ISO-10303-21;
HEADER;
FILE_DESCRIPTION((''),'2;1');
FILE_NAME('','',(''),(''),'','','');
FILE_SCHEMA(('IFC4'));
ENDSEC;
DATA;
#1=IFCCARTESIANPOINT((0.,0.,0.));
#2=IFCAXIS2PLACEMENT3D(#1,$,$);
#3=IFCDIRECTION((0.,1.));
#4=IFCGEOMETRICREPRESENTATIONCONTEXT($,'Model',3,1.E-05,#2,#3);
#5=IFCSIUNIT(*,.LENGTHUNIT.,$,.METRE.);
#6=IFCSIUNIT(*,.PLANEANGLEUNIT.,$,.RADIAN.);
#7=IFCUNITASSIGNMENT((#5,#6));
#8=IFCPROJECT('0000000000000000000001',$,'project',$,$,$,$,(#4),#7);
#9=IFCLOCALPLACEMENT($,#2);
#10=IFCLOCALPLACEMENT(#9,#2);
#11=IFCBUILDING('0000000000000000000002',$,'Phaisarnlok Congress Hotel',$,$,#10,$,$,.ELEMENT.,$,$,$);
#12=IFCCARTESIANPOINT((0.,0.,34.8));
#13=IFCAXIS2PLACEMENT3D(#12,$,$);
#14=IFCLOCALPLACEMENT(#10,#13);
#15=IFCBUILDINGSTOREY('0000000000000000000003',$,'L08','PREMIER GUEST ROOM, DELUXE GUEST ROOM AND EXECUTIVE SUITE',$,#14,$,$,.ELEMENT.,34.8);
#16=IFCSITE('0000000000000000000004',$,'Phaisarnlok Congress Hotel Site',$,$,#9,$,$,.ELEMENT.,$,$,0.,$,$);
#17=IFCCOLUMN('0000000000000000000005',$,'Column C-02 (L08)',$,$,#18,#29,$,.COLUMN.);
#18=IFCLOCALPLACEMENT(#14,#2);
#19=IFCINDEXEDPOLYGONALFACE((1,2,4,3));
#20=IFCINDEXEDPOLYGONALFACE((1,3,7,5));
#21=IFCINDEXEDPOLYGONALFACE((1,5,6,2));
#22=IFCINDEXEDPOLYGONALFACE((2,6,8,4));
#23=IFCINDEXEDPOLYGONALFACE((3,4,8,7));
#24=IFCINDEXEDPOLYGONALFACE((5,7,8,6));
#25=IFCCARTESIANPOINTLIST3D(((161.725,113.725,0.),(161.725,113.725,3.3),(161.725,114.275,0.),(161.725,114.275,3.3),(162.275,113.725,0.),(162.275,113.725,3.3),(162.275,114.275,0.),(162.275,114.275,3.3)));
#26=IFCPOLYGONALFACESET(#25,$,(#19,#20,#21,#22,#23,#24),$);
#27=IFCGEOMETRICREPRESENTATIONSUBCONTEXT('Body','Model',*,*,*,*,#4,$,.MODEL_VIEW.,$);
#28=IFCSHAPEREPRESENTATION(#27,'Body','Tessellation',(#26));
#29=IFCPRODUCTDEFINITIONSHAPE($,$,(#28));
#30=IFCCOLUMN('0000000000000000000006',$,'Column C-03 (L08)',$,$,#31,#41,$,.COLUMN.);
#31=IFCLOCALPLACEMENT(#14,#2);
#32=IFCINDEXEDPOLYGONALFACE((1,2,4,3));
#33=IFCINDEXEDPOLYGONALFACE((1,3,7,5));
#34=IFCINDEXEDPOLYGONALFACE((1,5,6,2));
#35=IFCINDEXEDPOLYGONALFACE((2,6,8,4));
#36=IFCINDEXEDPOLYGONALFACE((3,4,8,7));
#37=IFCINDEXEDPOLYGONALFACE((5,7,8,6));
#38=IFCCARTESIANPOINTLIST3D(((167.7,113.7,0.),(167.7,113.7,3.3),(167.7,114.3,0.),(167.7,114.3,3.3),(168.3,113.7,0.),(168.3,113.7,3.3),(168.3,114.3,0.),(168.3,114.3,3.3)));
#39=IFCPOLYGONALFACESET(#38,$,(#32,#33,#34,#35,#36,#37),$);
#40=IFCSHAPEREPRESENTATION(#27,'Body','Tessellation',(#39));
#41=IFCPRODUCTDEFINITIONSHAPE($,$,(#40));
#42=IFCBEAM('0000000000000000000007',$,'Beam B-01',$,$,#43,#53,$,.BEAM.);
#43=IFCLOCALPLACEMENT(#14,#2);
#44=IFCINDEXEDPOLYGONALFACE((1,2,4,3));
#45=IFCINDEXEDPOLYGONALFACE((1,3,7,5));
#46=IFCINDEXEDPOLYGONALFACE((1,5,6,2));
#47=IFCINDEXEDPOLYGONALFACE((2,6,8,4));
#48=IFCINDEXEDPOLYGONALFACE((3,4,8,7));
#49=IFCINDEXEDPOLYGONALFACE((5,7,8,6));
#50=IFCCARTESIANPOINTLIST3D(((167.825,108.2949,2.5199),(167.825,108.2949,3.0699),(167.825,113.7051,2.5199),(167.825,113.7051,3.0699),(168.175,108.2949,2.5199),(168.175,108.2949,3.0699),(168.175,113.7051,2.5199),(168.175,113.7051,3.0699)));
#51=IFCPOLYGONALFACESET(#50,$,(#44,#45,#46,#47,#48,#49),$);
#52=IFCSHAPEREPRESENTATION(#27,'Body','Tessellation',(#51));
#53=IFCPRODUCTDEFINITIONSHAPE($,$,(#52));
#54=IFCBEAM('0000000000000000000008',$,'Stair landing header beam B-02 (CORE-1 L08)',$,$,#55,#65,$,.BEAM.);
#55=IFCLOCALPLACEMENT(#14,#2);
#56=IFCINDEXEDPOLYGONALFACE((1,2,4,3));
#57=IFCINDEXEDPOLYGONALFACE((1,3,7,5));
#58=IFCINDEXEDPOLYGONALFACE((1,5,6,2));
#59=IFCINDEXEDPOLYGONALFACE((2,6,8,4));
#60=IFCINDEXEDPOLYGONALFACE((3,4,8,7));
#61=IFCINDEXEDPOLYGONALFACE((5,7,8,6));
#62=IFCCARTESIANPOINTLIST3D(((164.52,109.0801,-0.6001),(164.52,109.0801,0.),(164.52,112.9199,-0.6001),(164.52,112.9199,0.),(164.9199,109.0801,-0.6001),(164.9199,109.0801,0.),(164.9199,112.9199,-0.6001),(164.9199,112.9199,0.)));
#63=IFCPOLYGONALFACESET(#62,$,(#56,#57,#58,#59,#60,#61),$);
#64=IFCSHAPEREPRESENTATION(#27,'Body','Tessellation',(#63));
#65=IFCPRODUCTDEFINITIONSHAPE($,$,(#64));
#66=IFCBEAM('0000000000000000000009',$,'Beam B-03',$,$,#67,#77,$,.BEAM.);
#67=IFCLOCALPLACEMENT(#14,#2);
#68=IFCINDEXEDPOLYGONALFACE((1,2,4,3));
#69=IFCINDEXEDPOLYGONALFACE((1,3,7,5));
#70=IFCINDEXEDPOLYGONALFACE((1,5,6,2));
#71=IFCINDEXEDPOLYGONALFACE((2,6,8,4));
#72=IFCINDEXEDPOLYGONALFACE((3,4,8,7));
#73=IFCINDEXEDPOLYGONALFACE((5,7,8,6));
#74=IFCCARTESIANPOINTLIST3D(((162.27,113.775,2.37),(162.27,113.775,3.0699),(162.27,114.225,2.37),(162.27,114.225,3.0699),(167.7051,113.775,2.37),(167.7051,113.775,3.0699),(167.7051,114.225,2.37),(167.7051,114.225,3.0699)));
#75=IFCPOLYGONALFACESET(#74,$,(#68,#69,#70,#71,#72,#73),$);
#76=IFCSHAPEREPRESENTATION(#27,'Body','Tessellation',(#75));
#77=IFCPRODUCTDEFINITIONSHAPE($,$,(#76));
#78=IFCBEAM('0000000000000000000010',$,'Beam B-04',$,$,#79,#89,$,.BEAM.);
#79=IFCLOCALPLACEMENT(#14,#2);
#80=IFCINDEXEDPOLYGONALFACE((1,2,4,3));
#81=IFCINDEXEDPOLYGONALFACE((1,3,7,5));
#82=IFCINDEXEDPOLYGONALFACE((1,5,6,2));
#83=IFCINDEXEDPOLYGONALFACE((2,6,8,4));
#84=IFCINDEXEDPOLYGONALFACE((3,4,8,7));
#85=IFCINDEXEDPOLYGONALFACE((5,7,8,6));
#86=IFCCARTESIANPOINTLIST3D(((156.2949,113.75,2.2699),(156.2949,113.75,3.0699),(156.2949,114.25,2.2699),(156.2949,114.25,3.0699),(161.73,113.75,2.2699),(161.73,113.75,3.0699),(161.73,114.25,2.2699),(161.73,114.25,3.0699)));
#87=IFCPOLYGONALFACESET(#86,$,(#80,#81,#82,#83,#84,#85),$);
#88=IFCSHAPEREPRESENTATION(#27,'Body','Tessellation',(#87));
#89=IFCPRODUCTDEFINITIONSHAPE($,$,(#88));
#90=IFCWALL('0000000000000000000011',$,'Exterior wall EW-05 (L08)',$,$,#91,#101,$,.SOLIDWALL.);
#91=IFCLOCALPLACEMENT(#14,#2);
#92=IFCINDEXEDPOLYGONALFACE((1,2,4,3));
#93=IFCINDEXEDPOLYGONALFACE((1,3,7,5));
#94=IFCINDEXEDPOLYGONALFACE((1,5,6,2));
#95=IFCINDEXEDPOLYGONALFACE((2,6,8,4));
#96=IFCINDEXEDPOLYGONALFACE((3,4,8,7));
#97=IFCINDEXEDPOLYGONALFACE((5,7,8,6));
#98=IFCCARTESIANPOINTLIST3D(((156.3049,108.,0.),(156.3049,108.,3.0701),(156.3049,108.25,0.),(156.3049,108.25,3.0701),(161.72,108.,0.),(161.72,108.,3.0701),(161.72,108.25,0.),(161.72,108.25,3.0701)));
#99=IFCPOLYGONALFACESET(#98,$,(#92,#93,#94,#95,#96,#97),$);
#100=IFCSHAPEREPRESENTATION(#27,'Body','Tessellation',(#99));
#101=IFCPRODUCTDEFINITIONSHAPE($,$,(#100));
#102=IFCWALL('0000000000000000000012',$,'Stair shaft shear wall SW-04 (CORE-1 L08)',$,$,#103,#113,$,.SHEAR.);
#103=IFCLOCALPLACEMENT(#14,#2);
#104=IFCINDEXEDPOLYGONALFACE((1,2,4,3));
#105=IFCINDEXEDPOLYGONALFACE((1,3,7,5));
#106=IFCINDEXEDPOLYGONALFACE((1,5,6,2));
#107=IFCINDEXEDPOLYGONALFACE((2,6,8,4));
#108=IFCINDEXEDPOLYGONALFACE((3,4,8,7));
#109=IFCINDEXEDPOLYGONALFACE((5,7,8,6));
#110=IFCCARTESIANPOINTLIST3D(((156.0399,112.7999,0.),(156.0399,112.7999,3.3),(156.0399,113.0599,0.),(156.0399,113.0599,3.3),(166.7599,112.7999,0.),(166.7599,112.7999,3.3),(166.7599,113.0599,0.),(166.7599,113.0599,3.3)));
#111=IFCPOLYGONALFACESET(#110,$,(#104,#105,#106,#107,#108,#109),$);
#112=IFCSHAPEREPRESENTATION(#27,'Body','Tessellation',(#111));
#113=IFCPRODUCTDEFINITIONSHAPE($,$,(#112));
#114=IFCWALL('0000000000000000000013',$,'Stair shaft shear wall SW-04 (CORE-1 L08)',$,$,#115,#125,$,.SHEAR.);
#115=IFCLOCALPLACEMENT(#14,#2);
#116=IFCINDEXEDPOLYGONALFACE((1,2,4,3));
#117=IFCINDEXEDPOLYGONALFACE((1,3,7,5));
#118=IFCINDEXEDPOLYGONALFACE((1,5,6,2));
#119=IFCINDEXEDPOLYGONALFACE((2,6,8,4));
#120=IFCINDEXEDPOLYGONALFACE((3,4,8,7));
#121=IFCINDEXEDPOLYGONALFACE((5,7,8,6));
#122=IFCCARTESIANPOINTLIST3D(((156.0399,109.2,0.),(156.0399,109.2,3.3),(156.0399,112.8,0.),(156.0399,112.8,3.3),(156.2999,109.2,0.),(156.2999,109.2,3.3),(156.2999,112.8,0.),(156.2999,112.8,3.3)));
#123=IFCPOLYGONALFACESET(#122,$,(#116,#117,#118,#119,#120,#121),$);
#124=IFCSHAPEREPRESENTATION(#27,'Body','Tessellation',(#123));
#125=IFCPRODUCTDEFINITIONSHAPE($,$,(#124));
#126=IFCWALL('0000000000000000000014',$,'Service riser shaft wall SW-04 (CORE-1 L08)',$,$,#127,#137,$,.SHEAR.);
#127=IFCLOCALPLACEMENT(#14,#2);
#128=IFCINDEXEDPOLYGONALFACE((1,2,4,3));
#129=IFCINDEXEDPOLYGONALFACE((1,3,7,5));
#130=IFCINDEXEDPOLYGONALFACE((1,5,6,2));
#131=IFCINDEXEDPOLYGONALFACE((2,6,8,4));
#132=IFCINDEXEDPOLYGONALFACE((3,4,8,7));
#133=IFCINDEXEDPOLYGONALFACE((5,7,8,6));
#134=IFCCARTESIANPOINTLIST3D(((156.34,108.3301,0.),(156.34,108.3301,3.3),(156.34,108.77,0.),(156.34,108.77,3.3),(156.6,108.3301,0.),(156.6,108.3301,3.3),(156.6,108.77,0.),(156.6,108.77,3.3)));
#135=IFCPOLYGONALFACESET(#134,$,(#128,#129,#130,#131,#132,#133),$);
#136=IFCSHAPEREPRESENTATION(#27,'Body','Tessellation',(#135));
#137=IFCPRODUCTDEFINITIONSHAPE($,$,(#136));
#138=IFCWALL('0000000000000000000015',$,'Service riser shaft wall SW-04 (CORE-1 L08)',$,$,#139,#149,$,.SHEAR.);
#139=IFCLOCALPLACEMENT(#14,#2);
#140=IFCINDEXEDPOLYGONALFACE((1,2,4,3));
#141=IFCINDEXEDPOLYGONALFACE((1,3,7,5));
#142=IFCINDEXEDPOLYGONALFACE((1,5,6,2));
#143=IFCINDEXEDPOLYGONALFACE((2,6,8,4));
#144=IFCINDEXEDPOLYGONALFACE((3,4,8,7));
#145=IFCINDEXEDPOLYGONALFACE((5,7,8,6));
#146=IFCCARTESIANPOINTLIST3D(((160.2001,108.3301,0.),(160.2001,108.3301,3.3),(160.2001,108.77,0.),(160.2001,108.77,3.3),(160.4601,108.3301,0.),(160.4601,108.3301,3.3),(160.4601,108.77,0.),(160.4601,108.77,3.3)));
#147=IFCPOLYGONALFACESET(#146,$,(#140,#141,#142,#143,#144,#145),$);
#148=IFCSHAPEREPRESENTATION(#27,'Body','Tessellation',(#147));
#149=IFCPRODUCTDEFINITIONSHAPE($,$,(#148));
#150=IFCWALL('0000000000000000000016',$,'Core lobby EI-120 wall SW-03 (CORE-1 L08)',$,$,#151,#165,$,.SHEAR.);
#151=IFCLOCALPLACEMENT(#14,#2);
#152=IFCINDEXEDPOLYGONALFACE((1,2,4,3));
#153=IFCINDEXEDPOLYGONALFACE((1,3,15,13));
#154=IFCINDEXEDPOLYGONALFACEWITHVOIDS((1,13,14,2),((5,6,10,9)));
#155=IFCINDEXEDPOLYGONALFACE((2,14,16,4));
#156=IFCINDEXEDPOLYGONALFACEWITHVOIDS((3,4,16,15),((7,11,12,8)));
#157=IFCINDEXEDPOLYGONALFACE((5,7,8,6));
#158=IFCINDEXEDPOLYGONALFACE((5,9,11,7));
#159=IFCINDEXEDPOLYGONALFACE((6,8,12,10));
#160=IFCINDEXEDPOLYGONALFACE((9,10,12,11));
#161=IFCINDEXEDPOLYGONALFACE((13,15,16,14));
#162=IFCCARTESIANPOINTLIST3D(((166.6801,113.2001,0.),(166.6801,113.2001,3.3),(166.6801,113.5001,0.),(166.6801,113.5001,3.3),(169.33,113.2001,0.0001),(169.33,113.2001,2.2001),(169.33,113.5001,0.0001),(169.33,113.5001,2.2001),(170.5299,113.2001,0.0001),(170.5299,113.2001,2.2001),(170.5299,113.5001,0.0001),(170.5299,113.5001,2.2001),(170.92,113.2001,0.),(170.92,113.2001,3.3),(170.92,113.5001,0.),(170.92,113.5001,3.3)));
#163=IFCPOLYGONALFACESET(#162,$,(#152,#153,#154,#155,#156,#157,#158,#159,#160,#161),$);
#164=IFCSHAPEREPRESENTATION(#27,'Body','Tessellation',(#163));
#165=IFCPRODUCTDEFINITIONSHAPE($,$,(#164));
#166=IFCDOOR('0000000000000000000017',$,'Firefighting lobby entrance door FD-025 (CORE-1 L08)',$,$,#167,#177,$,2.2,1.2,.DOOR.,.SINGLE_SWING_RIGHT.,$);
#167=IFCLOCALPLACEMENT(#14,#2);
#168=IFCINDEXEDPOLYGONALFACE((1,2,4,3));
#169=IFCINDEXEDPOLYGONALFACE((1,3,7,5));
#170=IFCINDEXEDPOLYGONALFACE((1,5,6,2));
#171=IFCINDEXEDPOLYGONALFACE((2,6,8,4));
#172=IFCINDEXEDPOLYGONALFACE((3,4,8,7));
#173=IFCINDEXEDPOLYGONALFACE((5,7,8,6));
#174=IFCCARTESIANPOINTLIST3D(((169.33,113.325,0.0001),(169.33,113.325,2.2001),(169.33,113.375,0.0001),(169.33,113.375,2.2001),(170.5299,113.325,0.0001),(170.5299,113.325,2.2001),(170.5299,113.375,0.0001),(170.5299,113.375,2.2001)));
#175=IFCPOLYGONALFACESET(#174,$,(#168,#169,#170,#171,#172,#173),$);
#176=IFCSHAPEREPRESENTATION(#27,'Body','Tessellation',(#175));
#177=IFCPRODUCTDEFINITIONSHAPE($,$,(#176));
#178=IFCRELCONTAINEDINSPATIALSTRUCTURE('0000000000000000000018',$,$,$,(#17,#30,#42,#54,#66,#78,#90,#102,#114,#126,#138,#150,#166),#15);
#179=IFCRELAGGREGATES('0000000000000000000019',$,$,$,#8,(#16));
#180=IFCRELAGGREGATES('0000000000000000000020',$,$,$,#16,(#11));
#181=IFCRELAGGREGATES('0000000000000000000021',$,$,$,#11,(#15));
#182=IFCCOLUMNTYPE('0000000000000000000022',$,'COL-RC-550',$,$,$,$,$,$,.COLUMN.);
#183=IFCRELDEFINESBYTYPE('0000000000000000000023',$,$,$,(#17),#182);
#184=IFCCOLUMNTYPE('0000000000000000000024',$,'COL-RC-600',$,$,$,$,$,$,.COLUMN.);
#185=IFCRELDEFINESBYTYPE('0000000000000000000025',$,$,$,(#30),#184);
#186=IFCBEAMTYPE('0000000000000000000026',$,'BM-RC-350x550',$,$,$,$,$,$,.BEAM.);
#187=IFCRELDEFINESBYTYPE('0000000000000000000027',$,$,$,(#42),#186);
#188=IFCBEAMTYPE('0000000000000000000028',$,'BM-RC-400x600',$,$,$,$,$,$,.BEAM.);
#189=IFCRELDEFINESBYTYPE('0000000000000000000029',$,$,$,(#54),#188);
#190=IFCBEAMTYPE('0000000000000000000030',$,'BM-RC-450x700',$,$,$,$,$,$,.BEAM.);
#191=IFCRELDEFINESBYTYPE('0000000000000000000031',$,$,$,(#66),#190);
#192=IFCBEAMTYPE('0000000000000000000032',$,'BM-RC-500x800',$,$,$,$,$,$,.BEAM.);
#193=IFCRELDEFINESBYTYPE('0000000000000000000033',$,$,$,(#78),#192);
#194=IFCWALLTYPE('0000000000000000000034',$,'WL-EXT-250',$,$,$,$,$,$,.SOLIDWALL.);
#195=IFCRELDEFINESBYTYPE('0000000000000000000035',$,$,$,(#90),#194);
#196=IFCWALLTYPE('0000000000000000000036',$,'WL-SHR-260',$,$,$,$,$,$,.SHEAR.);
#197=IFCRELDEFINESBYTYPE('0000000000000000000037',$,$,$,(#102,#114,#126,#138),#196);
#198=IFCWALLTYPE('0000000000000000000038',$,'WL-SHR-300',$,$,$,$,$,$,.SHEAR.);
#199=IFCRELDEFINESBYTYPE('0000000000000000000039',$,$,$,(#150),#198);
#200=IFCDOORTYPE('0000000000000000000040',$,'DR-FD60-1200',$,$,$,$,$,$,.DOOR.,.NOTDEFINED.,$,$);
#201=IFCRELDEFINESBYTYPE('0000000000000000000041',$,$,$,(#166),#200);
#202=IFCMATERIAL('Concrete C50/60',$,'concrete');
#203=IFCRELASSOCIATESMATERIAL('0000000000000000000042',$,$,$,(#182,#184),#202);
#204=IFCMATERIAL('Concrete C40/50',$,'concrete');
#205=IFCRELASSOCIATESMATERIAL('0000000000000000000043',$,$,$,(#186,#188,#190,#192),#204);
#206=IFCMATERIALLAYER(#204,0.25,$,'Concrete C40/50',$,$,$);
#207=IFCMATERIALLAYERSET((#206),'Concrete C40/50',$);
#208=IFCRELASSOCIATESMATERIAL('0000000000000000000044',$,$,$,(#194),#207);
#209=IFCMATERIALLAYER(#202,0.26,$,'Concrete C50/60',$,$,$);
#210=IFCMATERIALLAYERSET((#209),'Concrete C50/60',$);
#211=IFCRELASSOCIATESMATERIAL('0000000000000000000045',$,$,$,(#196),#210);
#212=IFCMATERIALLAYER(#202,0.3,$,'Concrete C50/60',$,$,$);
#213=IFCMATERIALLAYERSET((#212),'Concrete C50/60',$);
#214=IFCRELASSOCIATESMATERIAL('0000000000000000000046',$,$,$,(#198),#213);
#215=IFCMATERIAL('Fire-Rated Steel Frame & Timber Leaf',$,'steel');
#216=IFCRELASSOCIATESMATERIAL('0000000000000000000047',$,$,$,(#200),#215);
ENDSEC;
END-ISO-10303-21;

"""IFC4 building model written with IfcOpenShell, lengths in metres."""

from ifc_helpers import new_model, si_unit, direction, frame, frame_2d, origin, origin_2d, place, context, subcontext, project, spatial, rectangle, extrude, material, layer, layer_set, material_profile, profile_set, type_object, element, fill, save


model = new_model("IFC4")

# Units and contexts
model_context = context("Model", 3, precision=1e-05, world=origin(), true_north=direction((0.0, 1.0)))
body_context = subcontext(model_context, "Body", "Model", "MODEL_VIEW")
ifc_project = project(units=[si_unit("LENGTHUNIT", "METRE"), si_unit("PLANEANGLEUNIT", "RADIAN")], contexts=[model_context])

# Site, building, storey
site_placement = place(None, origin())
site = spatial("IfcSite", under=ifc_project, at=site_placement, Name="Phaisarnlok Congress Hotel Site", CompositionType="ELEMENT", RefElevation=0.0)
building_placement = place(site_placement, origin())
building = spatial("IfcBuilding", under=site, at=building_placement, Name="Phaisarnlok Congress Hotel", CompositionType="ELEMENT")
storey_placement = place(building_placement, frame((0.0, 0.0, 34.8)))
storey = spatial("IfcBuildingStorey", under=building, at=storey_placement, Name="L08", Description="PREMIER GUEST ROOM, DELUXE GUEST ROOM AND EXECUTIVE SUITE", CompositionType="ELEMENT", Elevation=34.8)

# Columns
ifc_material_1 = material(Name="Concrete C50/60", Category="concrete")
ifc_material_profile_1 = material_profile(ifc_material_1, rectangle(XDim=0.55, YDim=0.55, at=origin_2d()), Name="RC 550x550")
ifc_profile_set_1 = profile_set([ifc_material_profile_1], Name="Concrete C50/60")
column_type_1 = type_object("IfcColumnType", Name="COL-RC-550", PredefinedType="COLUMN", material=ifc_profile_set_1)
column_1_placement = place(storey_placement, frame((162.0, 114.0, 0.0), z_axis=(0.0, 0.0, 1.0), x_axis=(1.0, 0.0, 0.0)))
element("IfcColumn", 1, at=column_1_placement, inside=storey, type_object=column_type_1, Name="Column C-02 (L08)", PredefinedType="COLUMN", context=body_context, shape_type="SweptSolid", body=[
    extrude(rectangle(XDim=0.55, YDim=0.55, at=origin_2d()), origin(), (0.0, 0.0, 1.0), 3.3),
])
ifc_material_profile_2 = material_profile(ifc_material_1, rectangle(XDim=0.6001, YDim=0.6001, at=origin_2d()), Name="RC 600x600")
ifc_profile_set_2 = profile_set([ifc_material_profile_2], Name="Concrete C50/60")
column_type_2 = type_object("IfcColumnType", Name="COL-RC-600", PredefinedType="COLUMN", material=ifc_profile_set_2)
column_2_placement = place(storey_placement, frame((168.0, 114.0, 0.0), z_axis=(0.0, 0.0, 1.0), x_axis=(1.0, 0.0, 0.0)))
element("IfcColumn", 2, at=column_2_placement, inside=storey, type_object=column_type_2, Name="Column C-03 (L08)", PredefinedType="COLUMN", context=body_context, shape_type="SweptSolid", body=[
    extrude(rectangle(XDim=0.6001, YDim=0.6001, at=origin_2d()), origin(), (0.0, 0.0, 1.0), 3.3),
])

# Beams
ifc_material_2 = material(Name="Concrete C40/50", Category="concrete")
ifc_material_profile_3 = material_profile(ifc_material_2, rectangle(XDim=0.3501, YDim=0.55, at=origin_2d()), Name="RC 350x550")
ifc_profile_set_3 = profile_set([ifc_material_profile_3], Name="Concrete C40/50")
beam_type_1 = type_object("IfcBeamType", Name="BM-RC-350x550", PredefinedType="BEAM", material=ifc_profile_set_3)
beam_1_placement = place(storey_placement, frame((168.0, 108.2949, 2.7949), z_axis=(0.0, 1.0, 0.0), x_axis=(-1.0, 0.0, 0.0)))
element("IfcBeam", 3, at=beam_1_placement, inside=storey, type_object=beam_type_1, Name="Beam B-01", PredefinedType="BEAM", context=body_context, shape_type="SweptSolid", body=[
    extrude(rectangle(XDim=0.3501, YDim=0.55, at=origin_2d()), origin(), (0.0, 0.0, 1.0), 5.4102),
])
ifc_material_profile_4 = material_profile(ifc_material_2, rectangle(XDim=0.3999, YDim=0.6001, at=origin_2d()), Name="RC 400x600")
ifc_profile_set_4 = profile_set([ifc_material_profile_4], Name="Concrete C40/50")
beam_type_2 = type_object("IfcBeamType", Name="BM-RC-400x600", PredefinedType="BEAM", material=ifc_profile_set_4)
beam_2_placement = place(storey_placement, frame((164.72, 109.0801, -0.3), z_axis=(0.0, 1.0, 0.0), x_axis=(-1.0, 0.0, 0.0)))
element("IfcBeam", 4, at=beam_2_placement, inside=storey, type_object=beam_type_2, Name="Stair landing header beam B-02 (CORE-1 L08)", PredefinedType="BEAM", context=body_context, shape_type="SweptSolid", body=[
    extrude(rectangle(XDim=0.3999, YDim=0.6001, at=origin_2d()), origin(), (0.0, 0.0, 1.0), 3.8398),
])
ifc_material_profile_5 = material_profile(ifc_material_2, rectangle(XDim=0.45, YDim=0.7, at=origin_2d()), Name="RC 450x700")
ifc_profile_set_5 = profile_set([ifc_material_profile_5], Name="Concrete C40/50")
beam_type_3 = type_object("IfcBeamType", Name="BM-RC-450x700", PredefinedType="BEAM", material=ifc_profile_set_5)
beam_3_placement = place(storey_placement, frame((162.27, 114.0, 2.72), z_axis=(1.0, 0.0, 0.0), x_axis=(0.0, 1.0, 0.0)))
element("IfcBeam", 5, at=beam_3_placement, inside=storey, type_object=beam_type_3, Name="Beam B-03", PredefinedType="BEAM", context=body_context, shape_type="SweptSolid", body=[
    extrude(rectangle(XDim=0.45, YDim=0.7, at=origin_2d()), origin(), (0.0, 0.0, 1.0), 5.4351),
])
ifc_material_profile_6 = material_profile(ifc_material_2, rectangle(XDim=0.5, YDim=0.8, at=origin_2d()), Name="RC 500x800")
ifc_profile_set_6 = profile_set([ifc_material_profile_6], Name="Concrete C40/50")
beam_type_4 = type_object("IfcBeamType", Name="BM-RC-500x800", PredefinedType="BEAM", material=ifc_profile_set_6)
beam_4_placement = place(storey_placement, frame((156.2949, 114.0, 2.6699), z_axis=(1.0, 0.0, 0.0), x_axis=(0.0, 1.0, 0.0)))
element("IfcBeam", 6, at=beam_4_placement, inside=storey, type_object=beam_type_4, Name="Beam B-04", PredefinedType="BEAM", context=body_context, shape_type="SweptSolid", body=[
    extrude(rectangle(XDim=0.5, YDim=0.8, at=origin_2d()), origin(), (0.0, 0.0, 1.0), 5.4351),
])

# Walls
ifc_layer_1 = layer(ifc_material_2, 0.25, Name="Concrete C40/50")
ifc_layer_set_1 = layer_set([ifc_layer_1], Name="Concrete C40/50")
wall_type_1 = type_object("IfcWallType", Name="WL-EXT-250", PredefinedType="SOLIDWALL", material=ifc_layer_set_1)
wall_1_placement = place(storey_placement, frame((156.3049, 108.125, 0.0), z_axis=(0.0, 0.0, 1.0), x_axis=(1.0, 0.0, 0.0)))
element("IfcWall", 7, at=wall_1_placement, inside=storey, type_object=wall_type_1, Name="Exterior wall EW-05 (L08)", PredefinedType="SOLIDWALL", context=body_context, shape_type="SweptSolid", body=[
    extrude(rectangle(XDim=5.415, YDim=0.25, at=frame_2d((2.7075, 0.0))), origin(), (0.0, 0.0, 1.0), 3.0701),
])
ifc_layer_2 = layer(ifc_material_1, 0.26, Name="Concrete C50/60")
ifc_layer_set_2 = layer_set([ifc_layer_2], Name="Concrete C50/60")
wall_type_2 = type_object("IfcWallType", Name="WL-SHR-260", PredefinedType="SHEAR", material=ifc_layer_set_2)
wall_2_placement = place(storey_placement, frame((156.04, 112.9299, 0.0), z_axis=(0.0, 0.0, 1.0), x_axis=(1.0, 0.0, 0.0)))
element("IfcWall", 8, at=wall_2_placement, inside=storey, type_object=wall_type_2, Name="Stair shaft shear wall SW-04 (CORE-1 L08)", PredefinedType="SHEAR", context=body_context, shape_type="SweptSolid", body=[
    extrude(rectangle(XDim=10.72, YDim=0.26, at=frame_2d((5.3599, 0.0))), origin(), (0.0, 0.0, 1.0), 3.3),
])
wall_3_placement = place(storey_placement, frame((156.1699, 109.2, 0.0), z_axis=(0.0, 0.0, 1.0), x_axis=(0.0, 1.0, 0.0)))
element("IfcWall", 9, at=wall_3_placement, inside=storey, type_object=wall_type_2, Name="Stair shaft shear wall SW-04 (CORE-1 L08)", PredefinedType="SHEAR", context=body_context, shape_type="SweptSolid", body=[
    extrude(rectangle(XDim=3.6001, YDim=0.26, at=frame_2d((1.8, 0.0))), origin(), (0.0, 0.0, 1.0), 3.3),
])

# Shared definitions
ifc_material_3 = material(Name="Fire-Rated Steel Frame & Timber Leaf", Category="steel")

# Walls
for number, where, z_axis, x_axis, name in (
    (10, (156.47, 108.3301, 0.0), (0.0, 0.0, 1.0), (0.0, 1.0, 0.0), "Service riser shaft wall SW-04 (CORE-1 L08)"),
    (11, (160.3301, 108.3301, 0.0), (0.0, 0.0, 1.0), (0.0, 1.0, 0.0), "Service riser shaft wall SW-04 (CORE-1 L08)"),
):
    element("IfcWall", number, at=place(storey_placement, frame(where, z_axis=z_axis, x_axis=x_axis)), inside=storey, type_object=wall_type_2, Name=name, PredefinedType="SHEAR", context=body_context, shape_type="SweptSolid", body=[
        extrude(rectangle(XDim=0.4399, YDim=0.26, at=frame_2d((0.22, 0.0))), origin(), (0.0, 0.0, 1.0), 3.3),
    ])

# Wall, opening, door
ifc_layer_3 = layer(ifc_material_1, 0.3, Name="Concrete C50/60")
ifc_layer_set_3 = layer_set([ifc_layer_3], Name="Concrete C50/60")
wall_type_3 = type_object("IfcWallType", Name="WL-SHR-300", PredefinedType="SHEAR", material=ifc_layer_set_3)
wall_4_placement = place(storey_placement, frame((166.6799, 113.3501, 0.0), z_axis=(0.0, 0.0, 1.0), x_axis=(1.0, 0.0, 0.0)))
wall_4 = element("IfcWall", 12, at=wall_4_placement, inside=storey, type_object=wall_type_3, Name="Core lobby EI-120 wall SW-03 (CORE-1 L08)", PredefinedType="SHEAR", context=body_context, shape_type="SweptSolid", body=[
    extrude(rectangle(XDim=4.24, YDim=0.3, at=frame_2d((2.1201, 0.0))), origin(), (0.0, 0.0, 1.0), 3.3),
])
opening_1_placement = place(wall_4_placement, frame((2.6499, 0.0, 0.0)))
opening_1 = element("IfcOpeningElement", 13, at=opening_1_placement, cuts=wall_4, PredefinedType="OPENING", context=body_context, shape_type="SweptSolid", body=[
    extrude(rectangle(XDim=1.2, YDim=2.2, at=frame_2d((0.6001, 1.1001))), frame((0.0, 0.1602, 0.0), z_axis=(0.0, -1.0, 0.0), x_axis=(1.0, 0.0, 0.0)), (0.0, 0.0, 1.0), 0.3201),
])
door_type_1 = type_object("IfcDoorType", Name="DR-FD60-1200", OperationType="NOTDEFINED", PredefinedType="DOOR", material=ifc_material_3)
door_1_placement = place(opening_1_placement, origin())
door_1 = element("IfcDoor", 14, at=door_1_placement, inside=storey, type_object=door_type_1, Name="Firefighting lobby entrance door FD-025 (CORE-1 L08)", OperationType="SINGLE_SWING_RIGHT", OverallHeight=2.2, OverallWidth=1.2, PredefinedType="DOOR", context=body_context, shape_type="SweptSolid", body=[
    extrude(rectangle(XDim=1.2, YDim=2.2, at=frame_2d((0.6001, 1.1001))), frame((0.0, 0.0249, 0.0), z_axis=(0.0, -1.0, 0.0), x_axis=(1.0, 0.0, 0.0)), (0.0, 0.0, 1.0), 0.05),
])
fill(opening_1, door_1)

save(model, "model.ifc")
